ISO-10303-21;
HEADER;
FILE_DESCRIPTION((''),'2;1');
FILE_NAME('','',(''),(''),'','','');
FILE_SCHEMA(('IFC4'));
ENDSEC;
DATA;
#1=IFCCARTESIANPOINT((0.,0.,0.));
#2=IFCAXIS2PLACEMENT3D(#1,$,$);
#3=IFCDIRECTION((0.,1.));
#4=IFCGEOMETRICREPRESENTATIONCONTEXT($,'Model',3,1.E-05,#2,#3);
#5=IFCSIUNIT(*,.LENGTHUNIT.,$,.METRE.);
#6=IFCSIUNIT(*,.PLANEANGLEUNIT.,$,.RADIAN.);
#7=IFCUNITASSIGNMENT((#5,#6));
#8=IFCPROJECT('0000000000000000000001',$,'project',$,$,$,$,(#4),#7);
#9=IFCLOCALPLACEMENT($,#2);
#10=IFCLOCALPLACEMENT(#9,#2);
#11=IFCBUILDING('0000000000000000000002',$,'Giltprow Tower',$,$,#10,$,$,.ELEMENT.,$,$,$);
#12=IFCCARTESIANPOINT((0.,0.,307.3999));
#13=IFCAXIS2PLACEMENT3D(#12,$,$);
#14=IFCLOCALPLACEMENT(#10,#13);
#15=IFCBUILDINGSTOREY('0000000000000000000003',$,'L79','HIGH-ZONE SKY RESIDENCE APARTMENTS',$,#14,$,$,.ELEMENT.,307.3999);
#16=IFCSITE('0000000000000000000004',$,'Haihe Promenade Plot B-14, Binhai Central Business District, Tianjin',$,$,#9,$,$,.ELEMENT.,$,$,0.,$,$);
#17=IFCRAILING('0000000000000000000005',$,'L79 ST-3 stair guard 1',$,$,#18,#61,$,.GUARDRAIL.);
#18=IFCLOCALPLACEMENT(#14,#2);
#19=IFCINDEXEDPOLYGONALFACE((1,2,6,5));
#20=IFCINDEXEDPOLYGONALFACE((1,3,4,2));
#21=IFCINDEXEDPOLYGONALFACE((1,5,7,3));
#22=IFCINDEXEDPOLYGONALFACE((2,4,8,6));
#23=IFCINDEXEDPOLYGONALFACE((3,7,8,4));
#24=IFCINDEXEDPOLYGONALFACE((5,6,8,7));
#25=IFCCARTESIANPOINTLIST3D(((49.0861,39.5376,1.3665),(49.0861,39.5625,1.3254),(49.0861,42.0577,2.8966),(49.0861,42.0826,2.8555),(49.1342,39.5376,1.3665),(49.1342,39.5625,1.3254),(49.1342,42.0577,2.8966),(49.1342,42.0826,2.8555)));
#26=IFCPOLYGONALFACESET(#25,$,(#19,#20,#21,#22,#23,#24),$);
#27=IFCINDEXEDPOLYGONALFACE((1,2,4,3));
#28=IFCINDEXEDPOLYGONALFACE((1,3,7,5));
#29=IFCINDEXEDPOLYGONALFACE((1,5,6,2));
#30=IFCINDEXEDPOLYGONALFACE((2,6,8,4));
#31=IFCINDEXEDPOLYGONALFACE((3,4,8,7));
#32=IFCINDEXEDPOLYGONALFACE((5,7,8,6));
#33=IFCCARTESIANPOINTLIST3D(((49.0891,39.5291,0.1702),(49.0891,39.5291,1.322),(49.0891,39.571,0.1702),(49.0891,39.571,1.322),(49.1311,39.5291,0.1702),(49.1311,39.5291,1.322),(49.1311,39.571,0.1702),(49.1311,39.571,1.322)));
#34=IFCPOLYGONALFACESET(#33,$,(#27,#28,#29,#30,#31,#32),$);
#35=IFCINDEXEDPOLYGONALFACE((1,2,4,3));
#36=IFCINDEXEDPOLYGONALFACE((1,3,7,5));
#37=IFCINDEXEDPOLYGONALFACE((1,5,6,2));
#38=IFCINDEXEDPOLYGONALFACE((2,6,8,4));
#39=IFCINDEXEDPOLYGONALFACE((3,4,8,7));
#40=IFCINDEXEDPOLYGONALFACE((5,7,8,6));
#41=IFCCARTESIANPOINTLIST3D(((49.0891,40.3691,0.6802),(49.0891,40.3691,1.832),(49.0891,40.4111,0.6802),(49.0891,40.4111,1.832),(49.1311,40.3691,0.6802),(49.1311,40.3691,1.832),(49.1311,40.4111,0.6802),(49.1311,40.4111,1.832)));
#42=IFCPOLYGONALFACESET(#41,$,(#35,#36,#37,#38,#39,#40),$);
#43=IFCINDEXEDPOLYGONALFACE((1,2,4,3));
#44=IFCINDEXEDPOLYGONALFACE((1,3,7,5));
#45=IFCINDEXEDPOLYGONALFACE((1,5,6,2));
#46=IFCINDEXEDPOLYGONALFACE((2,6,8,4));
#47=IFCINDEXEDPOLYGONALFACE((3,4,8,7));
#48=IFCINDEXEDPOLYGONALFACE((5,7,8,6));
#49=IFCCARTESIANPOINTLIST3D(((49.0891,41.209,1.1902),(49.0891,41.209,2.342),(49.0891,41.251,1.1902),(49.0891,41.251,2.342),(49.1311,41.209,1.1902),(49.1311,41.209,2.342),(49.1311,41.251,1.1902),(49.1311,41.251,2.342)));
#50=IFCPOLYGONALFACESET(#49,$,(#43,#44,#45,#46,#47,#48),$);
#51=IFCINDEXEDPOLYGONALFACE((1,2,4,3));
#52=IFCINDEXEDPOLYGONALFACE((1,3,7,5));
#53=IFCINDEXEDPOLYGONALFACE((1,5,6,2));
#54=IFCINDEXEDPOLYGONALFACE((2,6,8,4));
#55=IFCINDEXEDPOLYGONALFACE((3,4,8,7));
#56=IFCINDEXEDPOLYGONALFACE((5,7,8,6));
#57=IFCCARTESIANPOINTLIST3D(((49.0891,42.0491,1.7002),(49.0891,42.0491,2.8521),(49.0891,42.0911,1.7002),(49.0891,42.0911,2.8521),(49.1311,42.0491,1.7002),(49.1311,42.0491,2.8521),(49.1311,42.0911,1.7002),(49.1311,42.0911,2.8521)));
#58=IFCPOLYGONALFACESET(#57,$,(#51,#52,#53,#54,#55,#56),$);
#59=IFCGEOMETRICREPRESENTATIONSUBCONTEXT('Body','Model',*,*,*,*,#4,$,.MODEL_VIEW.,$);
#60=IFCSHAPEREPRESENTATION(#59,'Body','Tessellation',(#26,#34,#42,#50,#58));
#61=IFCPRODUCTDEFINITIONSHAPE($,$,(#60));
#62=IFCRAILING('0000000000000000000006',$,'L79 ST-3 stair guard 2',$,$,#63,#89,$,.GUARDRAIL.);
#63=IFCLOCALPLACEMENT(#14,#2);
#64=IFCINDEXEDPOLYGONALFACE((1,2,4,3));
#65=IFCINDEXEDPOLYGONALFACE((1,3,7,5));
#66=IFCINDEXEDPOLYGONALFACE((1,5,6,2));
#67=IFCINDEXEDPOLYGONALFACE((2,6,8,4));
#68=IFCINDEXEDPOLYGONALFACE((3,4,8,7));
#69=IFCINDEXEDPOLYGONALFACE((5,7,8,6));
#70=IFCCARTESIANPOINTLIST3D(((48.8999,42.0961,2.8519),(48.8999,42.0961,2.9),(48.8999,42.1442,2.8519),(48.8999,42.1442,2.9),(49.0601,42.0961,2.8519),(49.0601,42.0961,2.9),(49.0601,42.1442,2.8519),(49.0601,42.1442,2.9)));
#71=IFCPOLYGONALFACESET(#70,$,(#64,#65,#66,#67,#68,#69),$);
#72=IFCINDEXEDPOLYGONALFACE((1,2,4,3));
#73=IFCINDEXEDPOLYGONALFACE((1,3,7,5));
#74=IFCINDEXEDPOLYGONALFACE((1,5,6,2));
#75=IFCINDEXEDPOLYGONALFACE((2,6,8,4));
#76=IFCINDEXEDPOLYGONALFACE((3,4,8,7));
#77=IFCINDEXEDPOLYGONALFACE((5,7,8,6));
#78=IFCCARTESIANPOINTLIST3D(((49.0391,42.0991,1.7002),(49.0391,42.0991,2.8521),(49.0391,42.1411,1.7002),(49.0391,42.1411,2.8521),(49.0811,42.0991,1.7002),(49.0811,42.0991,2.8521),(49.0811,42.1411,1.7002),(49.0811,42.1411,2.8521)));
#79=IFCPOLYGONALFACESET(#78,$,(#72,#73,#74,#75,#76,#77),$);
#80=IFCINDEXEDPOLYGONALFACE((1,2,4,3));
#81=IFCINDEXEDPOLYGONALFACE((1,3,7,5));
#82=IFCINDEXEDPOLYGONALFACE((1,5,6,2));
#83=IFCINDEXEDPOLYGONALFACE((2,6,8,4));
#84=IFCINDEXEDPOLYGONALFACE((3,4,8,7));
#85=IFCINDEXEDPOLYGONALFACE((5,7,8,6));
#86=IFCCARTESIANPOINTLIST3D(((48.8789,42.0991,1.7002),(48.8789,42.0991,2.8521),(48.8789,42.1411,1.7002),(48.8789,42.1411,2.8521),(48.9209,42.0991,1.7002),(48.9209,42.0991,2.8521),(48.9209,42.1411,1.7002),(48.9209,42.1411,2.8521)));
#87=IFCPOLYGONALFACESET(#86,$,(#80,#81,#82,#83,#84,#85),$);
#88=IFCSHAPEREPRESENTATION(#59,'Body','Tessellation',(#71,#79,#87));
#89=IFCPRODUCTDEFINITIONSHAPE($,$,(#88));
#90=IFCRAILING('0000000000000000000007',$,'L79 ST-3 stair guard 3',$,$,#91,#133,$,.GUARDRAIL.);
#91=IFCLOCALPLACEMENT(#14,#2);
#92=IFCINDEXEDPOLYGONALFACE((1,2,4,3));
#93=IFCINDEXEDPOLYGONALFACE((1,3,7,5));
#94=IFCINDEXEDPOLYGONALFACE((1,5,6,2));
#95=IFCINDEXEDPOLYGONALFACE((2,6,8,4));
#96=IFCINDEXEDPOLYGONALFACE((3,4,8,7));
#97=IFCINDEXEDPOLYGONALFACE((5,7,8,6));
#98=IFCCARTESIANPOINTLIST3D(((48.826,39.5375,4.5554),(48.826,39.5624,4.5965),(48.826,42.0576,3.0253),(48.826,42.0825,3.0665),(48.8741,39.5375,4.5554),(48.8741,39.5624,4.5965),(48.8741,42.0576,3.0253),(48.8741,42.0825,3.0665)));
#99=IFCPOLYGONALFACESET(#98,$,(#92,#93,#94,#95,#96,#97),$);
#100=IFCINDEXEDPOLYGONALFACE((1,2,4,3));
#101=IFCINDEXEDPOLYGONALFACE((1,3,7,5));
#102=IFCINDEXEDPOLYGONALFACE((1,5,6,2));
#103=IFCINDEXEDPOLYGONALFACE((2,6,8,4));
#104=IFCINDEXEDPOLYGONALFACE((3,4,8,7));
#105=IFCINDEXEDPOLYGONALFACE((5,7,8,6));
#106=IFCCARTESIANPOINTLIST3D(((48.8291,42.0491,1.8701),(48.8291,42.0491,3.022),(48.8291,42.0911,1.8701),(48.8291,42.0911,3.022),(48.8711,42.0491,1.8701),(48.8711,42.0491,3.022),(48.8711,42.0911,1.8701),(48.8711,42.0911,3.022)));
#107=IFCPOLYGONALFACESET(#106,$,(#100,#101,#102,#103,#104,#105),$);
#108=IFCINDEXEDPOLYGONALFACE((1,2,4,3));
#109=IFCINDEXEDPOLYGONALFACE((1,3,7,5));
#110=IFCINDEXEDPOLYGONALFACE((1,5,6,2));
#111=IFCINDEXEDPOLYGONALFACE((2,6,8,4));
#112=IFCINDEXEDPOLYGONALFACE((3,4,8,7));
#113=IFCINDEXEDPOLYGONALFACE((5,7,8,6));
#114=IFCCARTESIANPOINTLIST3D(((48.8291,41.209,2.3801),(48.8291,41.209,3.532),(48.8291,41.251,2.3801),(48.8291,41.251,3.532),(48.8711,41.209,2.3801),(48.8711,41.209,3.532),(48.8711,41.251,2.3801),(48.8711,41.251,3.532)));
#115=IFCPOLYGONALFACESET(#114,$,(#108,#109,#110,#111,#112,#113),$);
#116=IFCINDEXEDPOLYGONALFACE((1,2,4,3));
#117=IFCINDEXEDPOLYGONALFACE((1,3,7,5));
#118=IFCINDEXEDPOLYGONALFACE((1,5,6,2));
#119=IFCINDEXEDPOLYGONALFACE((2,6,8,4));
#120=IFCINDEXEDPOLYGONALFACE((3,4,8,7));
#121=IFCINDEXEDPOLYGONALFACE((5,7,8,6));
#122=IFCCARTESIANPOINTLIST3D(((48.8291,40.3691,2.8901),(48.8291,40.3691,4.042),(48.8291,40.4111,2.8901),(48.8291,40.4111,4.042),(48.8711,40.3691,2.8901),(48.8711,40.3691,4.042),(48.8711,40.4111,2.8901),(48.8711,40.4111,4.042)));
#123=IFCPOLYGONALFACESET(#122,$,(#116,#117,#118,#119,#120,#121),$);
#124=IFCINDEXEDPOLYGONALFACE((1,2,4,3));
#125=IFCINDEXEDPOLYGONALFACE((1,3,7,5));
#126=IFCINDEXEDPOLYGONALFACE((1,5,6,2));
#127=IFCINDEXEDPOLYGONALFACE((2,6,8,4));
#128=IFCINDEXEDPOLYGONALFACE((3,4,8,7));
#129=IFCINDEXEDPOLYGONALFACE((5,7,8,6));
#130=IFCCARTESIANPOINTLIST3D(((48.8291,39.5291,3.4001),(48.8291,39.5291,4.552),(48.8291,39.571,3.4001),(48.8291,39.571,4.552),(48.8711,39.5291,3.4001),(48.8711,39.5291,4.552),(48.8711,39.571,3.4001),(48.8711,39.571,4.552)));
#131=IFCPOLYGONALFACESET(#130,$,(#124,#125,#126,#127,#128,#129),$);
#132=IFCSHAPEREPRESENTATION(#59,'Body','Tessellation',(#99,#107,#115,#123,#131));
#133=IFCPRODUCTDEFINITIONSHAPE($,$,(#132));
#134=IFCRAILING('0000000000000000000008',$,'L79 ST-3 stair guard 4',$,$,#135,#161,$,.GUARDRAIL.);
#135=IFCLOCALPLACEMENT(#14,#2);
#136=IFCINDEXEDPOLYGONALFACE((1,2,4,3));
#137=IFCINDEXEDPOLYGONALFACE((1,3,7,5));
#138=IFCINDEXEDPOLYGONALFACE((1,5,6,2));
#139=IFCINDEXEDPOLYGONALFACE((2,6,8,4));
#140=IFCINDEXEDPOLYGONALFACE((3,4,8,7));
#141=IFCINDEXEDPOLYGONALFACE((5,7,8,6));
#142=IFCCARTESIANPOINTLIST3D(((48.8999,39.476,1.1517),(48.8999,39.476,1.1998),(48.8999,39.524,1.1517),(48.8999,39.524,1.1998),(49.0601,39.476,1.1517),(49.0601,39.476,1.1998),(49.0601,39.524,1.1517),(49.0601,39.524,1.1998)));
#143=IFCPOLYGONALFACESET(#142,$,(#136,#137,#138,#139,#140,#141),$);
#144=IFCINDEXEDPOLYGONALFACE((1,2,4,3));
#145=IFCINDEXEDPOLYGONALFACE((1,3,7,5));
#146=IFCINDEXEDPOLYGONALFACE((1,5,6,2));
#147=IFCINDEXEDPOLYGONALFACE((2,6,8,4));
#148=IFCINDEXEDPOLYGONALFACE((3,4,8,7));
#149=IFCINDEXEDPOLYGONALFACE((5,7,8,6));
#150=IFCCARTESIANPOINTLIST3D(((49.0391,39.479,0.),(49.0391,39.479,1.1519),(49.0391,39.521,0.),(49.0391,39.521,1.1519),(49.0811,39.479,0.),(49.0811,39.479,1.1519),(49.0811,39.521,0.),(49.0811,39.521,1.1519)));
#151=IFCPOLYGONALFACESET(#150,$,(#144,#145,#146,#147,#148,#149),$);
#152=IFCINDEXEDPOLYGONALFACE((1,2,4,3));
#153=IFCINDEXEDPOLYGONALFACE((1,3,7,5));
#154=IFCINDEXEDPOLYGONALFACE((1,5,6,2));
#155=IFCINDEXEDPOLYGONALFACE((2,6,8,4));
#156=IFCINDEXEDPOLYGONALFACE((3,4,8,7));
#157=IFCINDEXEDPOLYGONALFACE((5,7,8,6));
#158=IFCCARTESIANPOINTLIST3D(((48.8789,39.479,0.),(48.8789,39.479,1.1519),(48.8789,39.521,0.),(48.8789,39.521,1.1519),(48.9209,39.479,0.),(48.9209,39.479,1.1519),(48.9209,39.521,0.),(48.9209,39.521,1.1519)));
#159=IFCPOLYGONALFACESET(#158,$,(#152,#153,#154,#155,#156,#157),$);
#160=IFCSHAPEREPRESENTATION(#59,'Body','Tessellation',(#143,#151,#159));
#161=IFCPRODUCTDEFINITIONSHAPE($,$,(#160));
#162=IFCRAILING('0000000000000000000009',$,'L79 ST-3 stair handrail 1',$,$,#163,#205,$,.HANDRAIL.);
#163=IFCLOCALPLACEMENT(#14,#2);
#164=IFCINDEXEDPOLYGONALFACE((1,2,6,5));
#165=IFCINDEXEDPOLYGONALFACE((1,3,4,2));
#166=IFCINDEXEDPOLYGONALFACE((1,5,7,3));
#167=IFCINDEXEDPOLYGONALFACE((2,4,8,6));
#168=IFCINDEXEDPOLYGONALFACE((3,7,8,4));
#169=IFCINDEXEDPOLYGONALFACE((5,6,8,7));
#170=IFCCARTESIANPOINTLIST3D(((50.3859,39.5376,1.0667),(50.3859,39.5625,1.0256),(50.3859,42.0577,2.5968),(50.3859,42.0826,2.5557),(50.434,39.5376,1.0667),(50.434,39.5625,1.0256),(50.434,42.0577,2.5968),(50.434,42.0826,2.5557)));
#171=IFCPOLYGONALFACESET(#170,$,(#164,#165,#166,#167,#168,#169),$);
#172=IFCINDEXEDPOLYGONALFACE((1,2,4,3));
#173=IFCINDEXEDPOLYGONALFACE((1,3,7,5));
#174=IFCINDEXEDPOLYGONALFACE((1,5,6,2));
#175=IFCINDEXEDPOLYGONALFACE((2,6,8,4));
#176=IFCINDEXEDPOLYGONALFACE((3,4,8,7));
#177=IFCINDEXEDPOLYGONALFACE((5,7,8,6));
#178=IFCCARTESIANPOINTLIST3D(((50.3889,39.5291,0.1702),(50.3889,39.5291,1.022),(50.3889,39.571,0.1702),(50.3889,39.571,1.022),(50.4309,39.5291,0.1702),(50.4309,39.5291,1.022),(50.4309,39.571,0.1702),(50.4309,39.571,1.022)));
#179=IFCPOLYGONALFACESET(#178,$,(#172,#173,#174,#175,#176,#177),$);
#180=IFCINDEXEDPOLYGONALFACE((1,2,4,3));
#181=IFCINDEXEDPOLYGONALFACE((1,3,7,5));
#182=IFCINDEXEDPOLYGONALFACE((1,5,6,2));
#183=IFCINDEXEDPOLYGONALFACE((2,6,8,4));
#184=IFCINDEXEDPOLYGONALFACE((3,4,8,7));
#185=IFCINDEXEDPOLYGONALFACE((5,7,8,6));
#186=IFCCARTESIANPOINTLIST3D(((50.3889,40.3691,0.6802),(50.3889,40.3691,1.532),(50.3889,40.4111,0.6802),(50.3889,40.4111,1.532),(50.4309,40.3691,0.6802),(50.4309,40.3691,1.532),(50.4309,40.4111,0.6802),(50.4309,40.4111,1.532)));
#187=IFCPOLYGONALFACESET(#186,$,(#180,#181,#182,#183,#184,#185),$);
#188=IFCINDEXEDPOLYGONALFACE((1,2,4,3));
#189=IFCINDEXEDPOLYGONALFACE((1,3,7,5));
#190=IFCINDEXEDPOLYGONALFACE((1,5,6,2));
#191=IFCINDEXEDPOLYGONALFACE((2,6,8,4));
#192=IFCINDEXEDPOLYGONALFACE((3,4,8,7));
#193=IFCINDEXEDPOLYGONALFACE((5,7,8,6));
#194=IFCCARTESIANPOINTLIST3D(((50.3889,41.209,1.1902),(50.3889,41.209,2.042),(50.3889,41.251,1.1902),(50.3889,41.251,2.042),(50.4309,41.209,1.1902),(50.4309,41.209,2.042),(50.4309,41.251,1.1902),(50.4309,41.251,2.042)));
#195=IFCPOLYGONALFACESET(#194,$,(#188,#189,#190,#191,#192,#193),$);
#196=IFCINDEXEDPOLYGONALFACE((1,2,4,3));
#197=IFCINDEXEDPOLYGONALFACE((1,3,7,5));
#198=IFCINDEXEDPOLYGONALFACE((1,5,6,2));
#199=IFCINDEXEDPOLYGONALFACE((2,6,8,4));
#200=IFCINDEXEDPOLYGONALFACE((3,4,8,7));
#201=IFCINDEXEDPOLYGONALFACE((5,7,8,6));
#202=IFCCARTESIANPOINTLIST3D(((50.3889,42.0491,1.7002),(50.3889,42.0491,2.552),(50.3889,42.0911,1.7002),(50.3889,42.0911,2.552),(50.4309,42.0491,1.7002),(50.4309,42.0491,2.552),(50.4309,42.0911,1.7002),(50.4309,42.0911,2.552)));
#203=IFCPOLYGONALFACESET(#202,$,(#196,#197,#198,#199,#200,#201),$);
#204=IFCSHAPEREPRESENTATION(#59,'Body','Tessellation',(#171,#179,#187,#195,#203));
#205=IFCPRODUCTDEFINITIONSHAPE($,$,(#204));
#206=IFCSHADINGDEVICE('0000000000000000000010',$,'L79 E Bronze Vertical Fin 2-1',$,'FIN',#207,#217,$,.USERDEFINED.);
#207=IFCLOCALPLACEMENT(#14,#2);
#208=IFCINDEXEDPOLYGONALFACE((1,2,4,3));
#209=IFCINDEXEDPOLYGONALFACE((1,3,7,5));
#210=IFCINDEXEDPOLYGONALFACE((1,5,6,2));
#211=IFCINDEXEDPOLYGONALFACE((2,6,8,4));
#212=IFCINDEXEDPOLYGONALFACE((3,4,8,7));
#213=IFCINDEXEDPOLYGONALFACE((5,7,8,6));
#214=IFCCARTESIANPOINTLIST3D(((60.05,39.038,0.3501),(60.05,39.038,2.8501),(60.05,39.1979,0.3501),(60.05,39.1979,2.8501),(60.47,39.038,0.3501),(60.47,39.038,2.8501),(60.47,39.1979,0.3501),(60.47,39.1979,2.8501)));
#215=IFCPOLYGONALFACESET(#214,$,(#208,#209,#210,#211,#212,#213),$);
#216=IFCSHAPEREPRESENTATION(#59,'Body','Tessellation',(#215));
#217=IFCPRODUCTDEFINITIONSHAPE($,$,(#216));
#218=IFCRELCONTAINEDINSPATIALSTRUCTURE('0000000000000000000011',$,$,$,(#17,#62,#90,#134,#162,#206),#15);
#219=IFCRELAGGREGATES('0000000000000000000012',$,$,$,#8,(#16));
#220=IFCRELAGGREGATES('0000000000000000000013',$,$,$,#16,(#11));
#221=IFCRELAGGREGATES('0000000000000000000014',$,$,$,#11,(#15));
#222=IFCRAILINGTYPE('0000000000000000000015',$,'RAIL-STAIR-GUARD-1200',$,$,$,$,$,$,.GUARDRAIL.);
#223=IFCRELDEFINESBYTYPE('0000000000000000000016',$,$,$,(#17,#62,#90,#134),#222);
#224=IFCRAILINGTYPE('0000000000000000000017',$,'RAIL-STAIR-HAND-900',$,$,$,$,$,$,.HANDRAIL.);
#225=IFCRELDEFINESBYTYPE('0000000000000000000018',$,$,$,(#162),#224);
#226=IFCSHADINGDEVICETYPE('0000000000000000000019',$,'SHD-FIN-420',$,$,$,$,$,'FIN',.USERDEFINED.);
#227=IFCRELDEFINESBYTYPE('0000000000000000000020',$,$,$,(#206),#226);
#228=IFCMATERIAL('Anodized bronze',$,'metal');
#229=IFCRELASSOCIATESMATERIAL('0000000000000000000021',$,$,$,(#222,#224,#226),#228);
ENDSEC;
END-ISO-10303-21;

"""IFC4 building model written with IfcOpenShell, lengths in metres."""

from ifc_helpers import new_model, si_unit, direction, frame, origin, origin_2d, place, context, subcontext, project, spatial, rectangle, extrude, source, transform, mapped, material, type_object, element, save


model = new_model("IFC4")

# Units and contexts
model_context = context("Model", 3, precision=1e-05, world=origin(), true_north=direction((0.0, 1.0)))
body_context = subcontext(model_context, "Body", "Model", "MODEL_VIEW")
ifc_project = project(units=[si_unit("LENGTHUNIT", "METRE"), si_unit("PLANEANGLEUNIT", "RADIAN")], contexts=[model_context])

# Site, building, storey
site_placement = place(None, origin())
site = spatial("IfcSite", under=ifc_project, at=site_placement, Name="Haihe Promenade Plot B-14, Binhai Central Business District, Tianjin", CompositionType="ELEMENT", RefElevation=0.0)
building_placement = place(site_placement, origin())
building = spatial("IfcBuilding", under=site, at=building_placement, Name="Giltprow Tower", CompositionType="ELEMENT")
storey_placement = place(building_placement, frame((0.0, 0.0, 307.3999)))
storey = spatial("IfcBuildingStorey", under=building, at=storey_placement, Name="L79", Description="HIGH-ZONE SKY RESIDENCE APARTMENTS", CompositionType="ELEMENT", Elevation=307.3999)

# Railings
ifc_material_1 = material(Name="Anodized bronze", Category="metal")
railing_type_1 = type_object("IfcRailingType", Name="RAIL-STAIR-GUARD-1200", PredefinedType="GUARDRAIL", material=ifc_material_1)
railing_1_placement = place(storey_placement, frame((49.1101, 39.55, 0.1702)))
element("IfcRailing", 1, at=railing_1_placement, inside=storey, type_object=railing_type_1, Name="L79 ST-3 stair guard 1", PredefinedType="GUARDRAIL", context=body_context, shape_type="SweptSolid", body=[
    extrude(rectangle(XDim=0.0481, YDim=0.0481, at=origin_2d()), frame((0.0, 0.0, 1.1758), z_axis=(0.0, 0.854785, 0.518982), x_axis=(-1.0, 0.0, 0.0)), (0.0, 0.0, 1.0), 2.9482),
    extrude(rectangle(XDim=0.042, YDim=0.042, at=origin_2d()), origin(), (0.0, 0.0, 1.0), 1.1519),
    extrude(rectangle(XDim=0.042, YDim=0.042, at=origin_2d()), frame((0.0, 0.8401, 0.51)), (0.0, 0.0, 1.0), 1.1519),
    extrude(rectangle(XDim=0.042, YDim=0.042, at=origin_2d()), frame((0.0, 1.6799, 1.02)), (0.0, 0.0, 1.0), 1.1519),
    extrude(rectangle(XDim=0.042, YDim=0.042, at=origin_2d()), frame((0.0, 2.52, 1.53)), (0.0, 0.0, 1.0), 1.1519),
])
railing_2_placement = place(storey_placement, frame((49.0601, 42.1201, 1.7002)))
element("IfcRailing", 2, at=railing_2_placement, inside=storey, type_object=railing_type_1, Name="L79 ST-3 stair guard 2", PredefinedType="GUARDRAIL", context=body_context, shape_type="SweptSolid", body=[
    extrude(rectangle(XDim=0.0481, YDim=0.0481, at=origin_2d()), frame((0.0, 0.0, 1.1758), z_axis=(-1.0, 0.0, 0.0), x_axis=(0.0, -1.0, 0.0)), (0.0, 0.0, 1.0), 0.1602),
    extrude(rectangle(XDim=0.042, YDim=0.042, at=origin_2d()), origin(), (0.0, 0.0, 1.0), 1.1519),
    extrude(rectangle(XDim=0.042, YDim=0.042, at=origin_2d()), frame((-0.1602, 0.0, 0.0)), (0.0, 0.0, 1.0), 1.1519),
])
railing_3_placement = place(storey_placement, frame((48.8501, 42.0701, 1.8701)))
element("IfcRailing", 3, at=railing_3_placement, inside=storey, type_object=railing_type_1, Name="L79 ST-3 stair guard 3", PredefinedType="GUARDRAIL", context=body_context, shape_type="SweptSolid", body=[
    extrude(rectangle(XDim=0.0481, YDim=0.0481, at=origin_2d()), frame((0.0, 0.0, 1.1758), z_axis=(0.0, -0.854785, 0.518982), x_axis=(1.0, 0.0, 0.0)), (0.0, 0.0, 1.0), 2.9482),
    extrude(rectangle(XDim=0.042, YDim=0.042, at=origin_2d()), origin(), (0.0, 0.0, 1.0), 1.1519),
    extrude(rectangle(XDim=0.042, YDim=0.042, at=origin_2d()), frame((0.0, -0.8401, 0.51)), (0.0, 0.0, 1.0), 1.1519),
    extrude(rectangle(XDim=0.042, YDim=0.042, at=origin_2d()), frame((0.0, -1.6799, 1.02)), (0.0, 0.0, 1.0), 1.1519),
    extrude(rectangle(XDim=0.042, YDim=0.042, at=origin_2d()), frame((0.0, -2.52, 1.53)), (0.0, 0.0, 1.0), 1.1519),
])
railing_4_placement = place(storey_placement, frame((49.0601, 39.5, 0.0)))
element("IfcRailing", 4, at=railing_4_placement, inside=storey, type_object=railing_type_1, Name="L79 ST-3 stair guard 4", PredefinedType="GUARDRAIL", context=body_context, shape_type="SweptSolid", body=[
    extrude(rectangle(XDim=0.0481, YDim=0.0481, at=origin_2d()), frame((0.0, 0.0, 1.1758), z_axis=(-1.0, 0.0, 0.0), x_axis=(0.0, -1.0, 0.0)), (0.0, 0.0, 1.0), 0.1602),
    extrude(rectangle(XDim=0.042, YDim=0.042, at=origin_2d()), origin(), (0.0, 0.0, 1.0), 1.1519),
    extrude(rectangle(XDim=0.042, YDim=0.042, at=origin_2d()), frame((-0.1602, 0.0, 0.0)), (0.0, 0.0, 1.0), 1.1519),
])
railing_type_2 = type_object("IfcRailingType", Name="RAIL-STAIR-HAND-900", PredefinedType="HANDRAIL", material=ifc_material_1)
railing_5_placement = place(storey_placement, frame((50.4099, 39.55, 0.1702)))
element("IfcRailing", 5, at=railing_5_placement, inside=storey, type_object=railing_type_2, Name="L79 ST-3 stair handrail 1", PredefinedType="HANDRAIL", context=body_context, shape_type="SweptSolid", body=[
    extrude(rectangle(XDim=0.0481, YDim=0.0481, at=origin_2d()), frame((0.0, 0.0, 0.876), z_axis=(0.0, 0.854785, 0.518982), x_axis=(-1.0, 0.0, 0.0)), (0.0, 0.0, 1.0), 2.9482),
    extrude(rectangle(XDim=0.042, YDim=0.042, at=origin_2d()), origin(), (0.0, 0.0, 1.0), 0.8518),
    extrude(rectangle(XDim=0.042, YDim=0.042, at=origin_2d()), frame((0.0, 0.8401, 0.51)), (0.0, 0.0, 1.0), 0.8518),
    extrude(rectangle(XDim=0.042, YDim=0.042, at=origin_2d()), frame((0.0, 1.6799, 1.02)), (0.0, 0.0, 1.0), 0.8518),
    extrude(rectangle(XDim=0.042, YDim=0.042, at=origin_2d()), frame((0.0, 2.52, 1.53)), (0.0, 0.0, 1.0), 0.8518),
])

# Shading device
shading_device_type = type_object("IfcShadingDeviceType", Name="SHD-FIN-420", ElementType="FIN", PredefinedType="USERDEFINED", material=ifc_material_1)
shared_shape_1 = source(origin(), body_context, "Body", "SweptSolid", [
    extrude(rectangle(XDim=0.4199, YDim=0.1599, at=origin_2d()), origin(), (0.0, 0.0, 1.0), 2.5),
])
shading_device_placement = place(storey_placement, frame((60.26, 39.1179, 0.3501), z_axis=(0.0, 0.0, 1.0), x_axis=(1.0, 0.0, 0.0)))
element("IfcShadingDevice", 6, at=shading_device_placement, inside=storey, type_object=shading_device_type, Name="L79 E Bronze Vertical Fin 2-1", ObjectType="FIN", PredefinedType="USERDEFINED", context=body_context, shape_type="MappedRepresentation", body=[
    mapped(shared_shape_1, transform((0.0, 0.0, 0.0), x_axis=(1.0, 0.0, 0.0), y_axis=(0.0, 1.0, 0.0), z_axis=(0.0, 0.0, 1.0), scale=1.0)),
])

save(model, "model.ifc")
